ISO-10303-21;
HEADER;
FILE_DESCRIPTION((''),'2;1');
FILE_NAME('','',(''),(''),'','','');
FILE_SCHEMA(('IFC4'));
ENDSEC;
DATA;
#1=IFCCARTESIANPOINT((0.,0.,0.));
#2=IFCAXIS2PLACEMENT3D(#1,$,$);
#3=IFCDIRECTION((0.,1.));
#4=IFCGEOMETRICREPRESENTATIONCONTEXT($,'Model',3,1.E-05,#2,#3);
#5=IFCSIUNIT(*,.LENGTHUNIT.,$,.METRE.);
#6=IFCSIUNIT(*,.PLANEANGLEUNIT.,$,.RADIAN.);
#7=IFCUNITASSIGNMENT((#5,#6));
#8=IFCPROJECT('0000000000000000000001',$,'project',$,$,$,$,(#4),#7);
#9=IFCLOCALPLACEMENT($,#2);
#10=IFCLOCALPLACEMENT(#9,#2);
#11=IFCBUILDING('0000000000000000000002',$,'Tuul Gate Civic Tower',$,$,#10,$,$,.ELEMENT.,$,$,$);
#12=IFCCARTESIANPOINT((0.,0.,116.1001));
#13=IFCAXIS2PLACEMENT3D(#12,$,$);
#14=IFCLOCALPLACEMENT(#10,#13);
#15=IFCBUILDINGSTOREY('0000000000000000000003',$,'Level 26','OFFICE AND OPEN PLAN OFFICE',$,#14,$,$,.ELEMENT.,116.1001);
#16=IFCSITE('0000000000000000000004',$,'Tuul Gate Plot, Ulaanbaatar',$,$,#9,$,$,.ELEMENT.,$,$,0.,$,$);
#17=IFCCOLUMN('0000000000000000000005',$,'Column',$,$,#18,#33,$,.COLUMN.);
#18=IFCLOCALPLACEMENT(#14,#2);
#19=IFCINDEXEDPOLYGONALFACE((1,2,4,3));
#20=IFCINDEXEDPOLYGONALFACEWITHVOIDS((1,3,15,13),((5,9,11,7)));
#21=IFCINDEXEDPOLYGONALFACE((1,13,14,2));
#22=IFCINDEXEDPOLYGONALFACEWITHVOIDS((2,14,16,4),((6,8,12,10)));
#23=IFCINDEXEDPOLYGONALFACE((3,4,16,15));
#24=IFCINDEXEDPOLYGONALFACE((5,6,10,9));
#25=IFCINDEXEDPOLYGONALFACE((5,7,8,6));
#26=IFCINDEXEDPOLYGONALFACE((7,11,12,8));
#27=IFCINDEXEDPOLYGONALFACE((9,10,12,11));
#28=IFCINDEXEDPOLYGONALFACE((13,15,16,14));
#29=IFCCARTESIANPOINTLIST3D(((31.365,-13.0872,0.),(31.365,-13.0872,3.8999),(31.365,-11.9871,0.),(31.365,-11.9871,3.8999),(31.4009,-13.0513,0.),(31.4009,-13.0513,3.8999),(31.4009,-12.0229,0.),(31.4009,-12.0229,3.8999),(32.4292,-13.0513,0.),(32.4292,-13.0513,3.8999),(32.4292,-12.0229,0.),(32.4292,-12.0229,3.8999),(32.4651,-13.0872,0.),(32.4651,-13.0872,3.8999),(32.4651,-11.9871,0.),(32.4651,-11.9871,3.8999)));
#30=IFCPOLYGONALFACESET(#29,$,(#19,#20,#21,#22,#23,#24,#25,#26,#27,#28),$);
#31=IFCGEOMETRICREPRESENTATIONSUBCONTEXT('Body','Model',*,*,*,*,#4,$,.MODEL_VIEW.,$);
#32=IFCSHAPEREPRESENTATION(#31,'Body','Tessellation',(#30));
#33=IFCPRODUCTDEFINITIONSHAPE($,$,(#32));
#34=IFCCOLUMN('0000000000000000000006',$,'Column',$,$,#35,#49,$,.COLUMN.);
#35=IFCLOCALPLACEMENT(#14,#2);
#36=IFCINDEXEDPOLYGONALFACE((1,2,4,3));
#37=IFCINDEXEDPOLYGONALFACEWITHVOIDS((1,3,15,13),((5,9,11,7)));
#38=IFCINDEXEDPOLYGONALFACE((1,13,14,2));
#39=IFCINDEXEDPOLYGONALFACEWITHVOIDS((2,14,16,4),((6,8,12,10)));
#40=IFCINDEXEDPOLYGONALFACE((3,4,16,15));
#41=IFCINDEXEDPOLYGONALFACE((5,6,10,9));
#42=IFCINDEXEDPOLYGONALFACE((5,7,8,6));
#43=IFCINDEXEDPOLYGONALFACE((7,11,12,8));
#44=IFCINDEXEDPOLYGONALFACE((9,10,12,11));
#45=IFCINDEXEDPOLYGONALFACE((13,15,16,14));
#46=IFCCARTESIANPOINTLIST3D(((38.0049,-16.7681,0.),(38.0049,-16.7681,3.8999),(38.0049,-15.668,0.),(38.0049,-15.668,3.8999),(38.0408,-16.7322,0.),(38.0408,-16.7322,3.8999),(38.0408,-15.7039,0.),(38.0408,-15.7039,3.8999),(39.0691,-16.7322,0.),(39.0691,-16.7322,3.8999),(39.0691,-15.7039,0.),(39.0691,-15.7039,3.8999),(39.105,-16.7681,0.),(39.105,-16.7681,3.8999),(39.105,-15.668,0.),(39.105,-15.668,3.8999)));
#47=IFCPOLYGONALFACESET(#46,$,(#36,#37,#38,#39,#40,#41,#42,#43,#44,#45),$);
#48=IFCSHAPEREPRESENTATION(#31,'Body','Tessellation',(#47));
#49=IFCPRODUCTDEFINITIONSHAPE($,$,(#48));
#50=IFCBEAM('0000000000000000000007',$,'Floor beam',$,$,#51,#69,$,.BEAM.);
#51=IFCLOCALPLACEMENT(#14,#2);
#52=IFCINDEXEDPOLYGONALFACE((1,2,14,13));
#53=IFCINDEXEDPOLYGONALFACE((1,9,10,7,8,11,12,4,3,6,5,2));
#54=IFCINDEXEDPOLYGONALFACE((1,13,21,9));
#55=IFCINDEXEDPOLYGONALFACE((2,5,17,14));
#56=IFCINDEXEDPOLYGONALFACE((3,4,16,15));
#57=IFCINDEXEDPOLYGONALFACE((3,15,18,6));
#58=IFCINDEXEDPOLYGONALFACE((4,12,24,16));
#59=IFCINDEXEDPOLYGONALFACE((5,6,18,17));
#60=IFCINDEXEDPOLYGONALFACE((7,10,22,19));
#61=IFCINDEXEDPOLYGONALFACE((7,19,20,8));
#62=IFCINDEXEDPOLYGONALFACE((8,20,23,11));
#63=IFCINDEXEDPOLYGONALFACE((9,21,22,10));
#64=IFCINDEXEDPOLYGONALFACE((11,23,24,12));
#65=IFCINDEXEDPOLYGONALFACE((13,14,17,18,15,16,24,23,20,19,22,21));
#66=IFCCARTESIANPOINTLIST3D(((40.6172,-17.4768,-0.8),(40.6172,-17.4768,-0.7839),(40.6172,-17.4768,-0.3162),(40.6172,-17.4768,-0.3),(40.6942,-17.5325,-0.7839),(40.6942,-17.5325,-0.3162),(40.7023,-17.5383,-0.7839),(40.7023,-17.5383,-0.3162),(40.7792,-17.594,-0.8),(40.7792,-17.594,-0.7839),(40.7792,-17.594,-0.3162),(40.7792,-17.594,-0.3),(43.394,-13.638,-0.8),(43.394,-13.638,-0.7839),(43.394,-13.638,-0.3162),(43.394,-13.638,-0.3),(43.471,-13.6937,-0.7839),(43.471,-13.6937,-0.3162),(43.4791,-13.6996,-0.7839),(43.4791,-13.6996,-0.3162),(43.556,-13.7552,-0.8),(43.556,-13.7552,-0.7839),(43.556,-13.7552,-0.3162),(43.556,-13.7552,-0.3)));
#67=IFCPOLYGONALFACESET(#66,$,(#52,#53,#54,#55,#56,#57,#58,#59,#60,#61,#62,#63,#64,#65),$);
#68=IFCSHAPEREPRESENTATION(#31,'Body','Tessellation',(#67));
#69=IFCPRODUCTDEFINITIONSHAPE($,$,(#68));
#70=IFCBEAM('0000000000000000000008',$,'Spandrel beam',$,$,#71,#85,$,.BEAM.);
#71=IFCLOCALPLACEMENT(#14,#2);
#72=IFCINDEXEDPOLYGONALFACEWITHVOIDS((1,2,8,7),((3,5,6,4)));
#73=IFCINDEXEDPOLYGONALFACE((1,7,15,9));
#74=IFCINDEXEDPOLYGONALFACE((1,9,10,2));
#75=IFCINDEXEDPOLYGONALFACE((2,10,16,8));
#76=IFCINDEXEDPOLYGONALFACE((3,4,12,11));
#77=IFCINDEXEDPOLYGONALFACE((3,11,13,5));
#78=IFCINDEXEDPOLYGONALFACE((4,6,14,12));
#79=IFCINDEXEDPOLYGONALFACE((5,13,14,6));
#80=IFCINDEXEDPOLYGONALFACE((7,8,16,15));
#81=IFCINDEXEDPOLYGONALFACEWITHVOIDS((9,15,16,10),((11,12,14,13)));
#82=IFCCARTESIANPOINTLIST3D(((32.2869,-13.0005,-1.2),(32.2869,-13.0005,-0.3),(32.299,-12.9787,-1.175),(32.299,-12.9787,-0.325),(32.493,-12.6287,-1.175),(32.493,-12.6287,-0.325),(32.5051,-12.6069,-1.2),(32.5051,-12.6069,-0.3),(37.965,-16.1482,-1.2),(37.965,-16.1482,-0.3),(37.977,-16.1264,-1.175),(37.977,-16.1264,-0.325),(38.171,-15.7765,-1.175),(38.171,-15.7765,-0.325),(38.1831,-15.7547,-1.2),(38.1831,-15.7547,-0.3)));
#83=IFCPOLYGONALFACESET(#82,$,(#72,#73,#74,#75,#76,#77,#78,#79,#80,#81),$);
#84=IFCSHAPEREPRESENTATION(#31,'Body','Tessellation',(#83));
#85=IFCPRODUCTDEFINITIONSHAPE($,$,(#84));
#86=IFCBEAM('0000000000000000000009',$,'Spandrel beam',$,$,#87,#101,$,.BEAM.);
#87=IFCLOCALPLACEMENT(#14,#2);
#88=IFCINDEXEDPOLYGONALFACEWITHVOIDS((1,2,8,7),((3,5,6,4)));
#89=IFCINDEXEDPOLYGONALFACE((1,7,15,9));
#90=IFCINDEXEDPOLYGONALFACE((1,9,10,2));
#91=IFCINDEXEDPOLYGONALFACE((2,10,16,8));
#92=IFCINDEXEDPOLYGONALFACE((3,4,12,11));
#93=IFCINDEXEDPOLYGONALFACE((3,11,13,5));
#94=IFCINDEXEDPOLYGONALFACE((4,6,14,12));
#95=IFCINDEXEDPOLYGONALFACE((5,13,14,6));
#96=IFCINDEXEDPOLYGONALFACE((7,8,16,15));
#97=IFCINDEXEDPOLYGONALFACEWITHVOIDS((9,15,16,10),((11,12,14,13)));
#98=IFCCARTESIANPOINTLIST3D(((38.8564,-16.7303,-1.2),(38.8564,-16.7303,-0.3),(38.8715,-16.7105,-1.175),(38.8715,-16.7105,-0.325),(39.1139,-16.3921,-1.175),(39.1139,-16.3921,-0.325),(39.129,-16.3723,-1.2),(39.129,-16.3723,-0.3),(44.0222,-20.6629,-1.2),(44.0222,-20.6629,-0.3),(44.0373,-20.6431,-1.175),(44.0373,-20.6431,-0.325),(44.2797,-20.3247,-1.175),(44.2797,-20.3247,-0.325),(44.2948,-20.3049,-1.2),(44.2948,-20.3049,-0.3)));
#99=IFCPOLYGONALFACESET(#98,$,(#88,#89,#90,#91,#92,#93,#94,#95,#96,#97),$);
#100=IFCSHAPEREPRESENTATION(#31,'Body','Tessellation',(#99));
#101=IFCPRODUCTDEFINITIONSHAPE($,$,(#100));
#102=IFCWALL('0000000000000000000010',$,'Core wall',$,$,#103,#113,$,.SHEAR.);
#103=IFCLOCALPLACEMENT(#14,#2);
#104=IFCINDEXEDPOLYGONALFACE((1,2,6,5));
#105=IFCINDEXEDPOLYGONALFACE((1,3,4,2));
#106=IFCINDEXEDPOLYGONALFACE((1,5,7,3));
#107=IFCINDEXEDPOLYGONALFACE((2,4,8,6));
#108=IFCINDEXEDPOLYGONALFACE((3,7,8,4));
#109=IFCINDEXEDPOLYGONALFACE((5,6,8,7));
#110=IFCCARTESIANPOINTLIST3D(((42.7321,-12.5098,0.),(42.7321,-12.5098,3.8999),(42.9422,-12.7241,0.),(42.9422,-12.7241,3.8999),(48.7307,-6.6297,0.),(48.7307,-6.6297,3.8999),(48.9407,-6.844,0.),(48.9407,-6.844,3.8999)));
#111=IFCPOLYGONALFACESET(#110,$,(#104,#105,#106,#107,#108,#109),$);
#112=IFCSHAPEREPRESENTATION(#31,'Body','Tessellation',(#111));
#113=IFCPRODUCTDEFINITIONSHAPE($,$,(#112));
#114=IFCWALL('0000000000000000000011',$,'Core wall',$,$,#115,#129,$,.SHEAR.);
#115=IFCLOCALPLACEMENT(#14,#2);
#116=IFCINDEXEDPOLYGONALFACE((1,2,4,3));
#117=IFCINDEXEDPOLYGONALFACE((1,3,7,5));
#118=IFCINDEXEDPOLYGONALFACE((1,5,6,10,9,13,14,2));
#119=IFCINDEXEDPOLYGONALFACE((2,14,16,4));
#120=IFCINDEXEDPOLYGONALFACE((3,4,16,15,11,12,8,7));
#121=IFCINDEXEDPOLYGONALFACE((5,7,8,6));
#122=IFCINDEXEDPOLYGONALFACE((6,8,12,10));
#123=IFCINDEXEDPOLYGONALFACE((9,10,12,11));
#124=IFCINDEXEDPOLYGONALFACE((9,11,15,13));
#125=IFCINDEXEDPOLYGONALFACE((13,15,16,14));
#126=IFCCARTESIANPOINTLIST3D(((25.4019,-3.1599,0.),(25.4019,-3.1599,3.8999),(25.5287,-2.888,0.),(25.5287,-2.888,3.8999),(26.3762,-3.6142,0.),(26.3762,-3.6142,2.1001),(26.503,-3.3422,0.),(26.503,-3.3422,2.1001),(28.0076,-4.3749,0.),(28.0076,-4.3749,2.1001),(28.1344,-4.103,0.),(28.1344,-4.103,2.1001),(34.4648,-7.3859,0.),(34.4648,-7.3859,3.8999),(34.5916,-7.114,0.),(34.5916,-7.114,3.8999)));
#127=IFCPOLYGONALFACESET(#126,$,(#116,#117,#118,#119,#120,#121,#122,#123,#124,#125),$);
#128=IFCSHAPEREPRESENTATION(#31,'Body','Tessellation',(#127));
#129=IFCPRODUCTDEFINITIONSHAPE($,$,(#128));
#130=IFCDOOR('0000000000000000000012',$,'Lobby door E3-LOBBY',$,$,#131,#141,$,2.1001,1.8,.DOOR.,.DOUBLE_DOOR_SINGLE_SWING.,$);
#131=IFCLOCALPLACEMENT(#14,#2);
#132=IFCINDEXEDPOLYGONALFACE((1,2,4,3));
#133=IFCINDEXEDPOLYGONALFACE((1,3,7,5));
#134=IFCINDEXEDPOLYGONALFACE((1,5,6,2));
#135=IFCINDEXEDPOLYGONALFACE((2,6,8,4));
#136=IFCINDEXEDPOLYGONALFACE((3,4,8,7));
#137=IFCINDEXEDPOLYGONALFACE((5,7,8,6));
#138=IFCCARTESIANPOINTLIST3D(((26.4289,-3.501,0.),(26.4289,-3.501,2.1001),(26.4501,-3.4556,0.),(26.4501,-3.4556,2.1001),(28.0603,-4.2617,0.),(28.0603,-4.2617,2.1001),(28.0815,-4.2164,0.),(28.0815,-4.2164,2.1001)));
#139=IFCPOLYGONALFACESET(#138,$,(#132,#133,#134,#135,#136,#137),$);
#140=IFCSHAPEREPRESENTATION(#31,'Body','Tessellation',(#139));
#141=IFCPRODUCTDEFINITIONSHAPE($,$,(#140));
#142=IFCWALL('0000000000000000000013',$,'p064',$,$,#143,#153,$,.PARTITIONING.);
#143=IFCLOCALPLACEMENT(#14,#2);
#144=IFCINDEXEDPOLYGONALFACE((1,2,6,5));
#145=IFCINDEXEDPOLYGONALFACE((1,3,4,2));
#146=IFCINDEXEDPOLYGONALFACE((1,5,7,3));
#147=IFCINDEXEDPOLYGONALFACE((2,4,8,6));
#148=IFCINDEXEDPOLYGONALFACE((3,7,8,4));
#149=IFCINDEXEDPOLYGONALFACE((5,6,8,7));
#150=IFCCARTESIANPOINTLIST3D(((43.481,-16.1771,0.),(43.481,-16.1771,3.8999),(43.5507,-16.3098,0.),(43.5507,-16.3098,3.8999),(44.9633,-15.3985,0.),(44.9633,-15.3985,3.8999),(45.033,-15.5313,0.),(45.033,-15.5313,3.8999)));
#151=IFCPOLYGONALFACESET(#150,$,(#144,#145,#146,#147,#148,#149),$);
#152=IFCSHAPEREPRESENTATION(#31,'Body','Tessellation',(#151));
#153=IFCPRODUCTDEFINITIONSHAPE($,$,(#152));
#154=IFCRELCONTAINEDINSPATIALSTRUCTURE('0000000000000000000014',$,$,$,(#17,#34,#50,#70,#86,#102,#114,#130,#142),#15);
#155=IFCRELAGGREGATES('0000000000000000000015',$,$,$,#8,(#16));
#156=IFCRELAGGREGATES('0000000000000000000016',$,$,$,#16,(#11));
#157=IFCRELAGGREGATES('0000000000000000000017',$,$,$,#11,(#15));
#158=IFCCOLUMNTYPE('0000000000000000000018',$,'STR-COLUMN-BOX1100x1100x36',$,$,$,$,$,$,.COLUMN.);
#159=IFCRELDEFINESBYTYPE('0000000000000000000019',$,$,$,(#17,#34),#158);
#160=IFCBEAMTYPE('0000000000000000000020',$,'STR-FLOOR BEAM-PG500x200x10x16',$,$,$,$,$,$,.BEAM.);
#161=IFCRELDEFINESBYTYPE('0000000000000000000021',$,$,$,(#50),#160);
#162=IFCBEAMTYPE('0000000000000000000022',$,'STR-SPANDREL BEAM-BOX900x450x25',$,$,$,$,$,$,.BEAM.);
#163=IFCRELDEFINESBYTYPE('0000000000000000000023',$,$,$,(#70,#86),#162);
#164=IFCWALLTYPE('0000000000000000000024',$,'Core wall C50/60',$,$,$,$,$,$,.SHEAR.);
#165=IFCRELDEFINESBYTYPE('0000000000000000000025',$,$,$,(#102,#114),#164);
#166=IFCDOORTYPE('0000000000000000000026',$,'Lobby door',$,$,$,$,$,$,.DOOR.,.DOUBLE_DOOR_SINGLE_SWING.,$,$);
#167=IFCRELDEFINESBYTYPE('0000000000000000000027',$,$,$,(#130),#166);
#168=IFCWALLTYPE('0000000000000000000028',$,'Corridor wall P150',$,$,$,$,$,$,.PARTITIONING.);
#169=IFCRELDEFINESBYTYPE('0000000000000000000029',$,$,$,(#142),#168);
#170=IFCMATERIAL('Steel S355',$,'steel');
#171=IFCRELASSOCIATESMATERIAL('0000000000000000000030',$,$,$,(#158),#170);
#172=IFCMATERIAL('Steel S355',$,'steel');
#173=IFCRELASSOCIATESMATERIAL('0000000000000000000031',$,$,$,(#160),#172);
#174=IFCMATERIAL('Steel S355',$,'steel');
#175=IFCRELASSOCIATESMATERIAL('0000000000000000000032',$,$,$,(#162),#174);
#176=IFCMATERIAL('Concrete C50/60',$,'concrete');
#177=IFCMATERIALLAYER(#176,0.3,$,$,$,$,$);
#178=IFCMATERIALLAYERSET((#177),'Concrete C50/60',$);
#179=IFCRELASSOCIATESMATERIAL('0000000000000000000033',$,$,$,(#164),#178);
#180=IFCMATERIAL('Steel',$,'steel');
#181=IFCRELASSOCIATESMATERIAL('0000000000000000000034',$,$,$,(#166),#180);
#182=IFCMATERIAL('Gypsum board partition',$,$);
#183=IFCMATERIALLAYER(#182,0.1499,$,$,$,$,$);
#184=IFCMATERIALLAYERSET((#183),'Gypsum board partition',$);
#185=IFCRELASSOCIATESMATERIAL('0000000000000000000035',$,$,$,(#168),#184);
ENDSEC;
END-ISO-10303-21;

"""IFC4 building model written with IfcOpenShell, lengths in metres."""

from ifc_helpers import new_model, si_unit, direction, frame, frame_2d, origin, origin_2d, place, context, subcontext, project, spatial, rectangle, hollow_rectangle, i_section, extrude, material, layer, layer_set, material_profile, profile_set, type_object, element, fill, save


model = new_model("IFC4")

# Units and contexts
model_context = context("Model", 3, precision=1e-05, world=origin(), true_north=direction((0.0, 1.0)))
body_context = subcontext(model_context, "Body", "Model", "MODEL_VIEW")
ifc_project = project(units=[si_unit("LENGTHUNIT", "METRE"), si_unit("PLANEANGLEUNIT", "RADIAN")], contexts=[model_context])

# Site, building, storey
site_placement = place(None, origin())
site = spatial("IfcSite", under=ifc_project, at=site_placement, Name="Tuul Gate Plot, Ulaanbaatar", CompositionType="ELEMENT", RefElevation=0.0)
building_placement = place(site_placement, origin())
building = spatial("IfcBuilding", under=site, at=building_placement, Name="Tuul Gate Civic Tower", CompositionType="ELEMENT")
storey_placement = place(building_placement, frame((0.0, 0.0, 116.1001)))
storey = spatial("IfcBuildingStorey", under=building, at=storey_placement, Name="Level 26", Description="OFFICE AND OPEN PLAN OFFICE", CompositionType="ELEMENT", Elevation=116.1001)

# Columns
ifc_material_1 = material(Name="Steel S355", Category="steel")
ifc_material_profile_1 = material_profile(ifc_material_1, hollow_rectangle(XDim=1.1001, YDim=1.1001, WallThickness=0.0359, at=origin_2d()), Name="BOX1100x1100x36")
ifc_profile_set_1 = profile_set([ifc_material_profile_1], Name="Steel S355")
column_type = type_object("IfcColumnType", Name="STR-COLUMN-BOX1100x1100x36", PredefinedType="COLUMN", material=ifc_profile_set_1)
for number, where, z_axis, x_axis, name in (
    (1, (31.915, -12.5371, 0.0), (0.0, 0.0, 1.0), (1.0, 0.0, 0.0), "Column"),
    (2, (38.5549, -16.218, 0.0), (0.0, 0.0, 1.0), (1.0, 0.0, 0.0), "Column"),
):
    element("IfcColumn", number, at=place(storey_placement, frame(where, z_axis=z_axis, x_axis=x_axis)), inside=storey, type_object=column_type, Name=name, PredefinedType="COLUMN", context=body_context, shape_type="SweptSolid", body=[
        extrude(hollow_rectangle(XDim=1.1001, YDim=1.1001, WallThickness=0.0359, at=origin_2d()), origin(), (0.0, 0.0, 1.0), 3.8999),
    ])

# Beams
ifc_material_2 = material(Name="Steel S355", Category="steel")
ifc_material_profile_2 = material_profile(ifc_material_2, i_section(OverallWidth=0.2, OverallDepth=0.5, WebThickness=0.01, FlangeThickness=0.0161, at=origin_2d()), Name="PG500x200x10x16")
ifc_profile_set_2 = profile_set([ifc_material_profile_2], Name="Steel S355")
beam_type_1 = type_object("IfcBeamType", Name="STR-FLOOR BEAM-PG500x200x10x16", PredefinedType="BEAM", material=ifc_profile_set_2)
beam_1_placement = place(storey_placement, frame((40.6982, -17.5354, -0.55), z_axis=(0.586092, 0.810244, 0.0), x_axis=(-0.810244, 0.586092, 0.0)))
element("IfcBeam", 3, at=beam_1_placement, inside=storey, type_object=beam_type_1, Name="Floor beam", PredefinedType="BEAM", context=body_context, shape_type="SweptSolid", body=[
    extrude(i_section(OverallWidth=0.2, OverallDepth=0.5, WebThickness=0.01, FlangeThickness=0.0161, at=origin_2d()), origin(), (0.0, 0.0, 1.0), 4.7378),
])
ifc_material_3 = material(Name="Steel S355", Category="steel")
ifc_material_profile_3 = material_profile(ifc_material_3, hollow_rectangle(XDim=0.45, YDim=0.8999, WallThickness=0.0249, at=origin_2d()), Name="BOX900x450x25")
ifc_profile_set_3 = profile_set([ifc_material_profile_3], Name="Steel S355")
beam_type_2 = type_object("IfcBeamType", Name="STR-SPANDREL BEAM-BOX900x450x25", PredefinedType="BEAM", material=ifc_profile_set_3)
beam_2_placement = place(storey_placement, frame((32.396, -12.8037, -0.75), z_axis=(0.874597, -0.484851, 0.0), x_axis=(0.484851, 0.874597, 0.0)))
element("IfcBeam", 4, at=beam_2_placement, inside=storey, type_object=beam_type_2, Name="Spandrel beam", PredefinedType="BEAM", context=body_context, shape_type="SweptSolid", body=[
    extrude(hollow_rectangle(XDim=0.45, YDim=0.8999, WallThickness=0.0249, at=origin_2d()), origin(), (0.0, 0.0, 1.0), 6.4922),
])
beam_3_placement = place(storey_placement, frame((38.9927, -16.5513, -0.75), z_axis=(0.79567, -0.60573, 0.0), x_axis=(0.60573, 0.79567, 0.0)))
element("IfcBeam", 5, at=beam_3_placement, inside=storey, type_object=beam_type_2, Name="Spandrel beam", PredefinedType="BEAM", context=body_context, shape_type="SweptSolid", body=[
    extrude(hollow_rectangle(XDim=0.45, YDim=0.8999, WallThickness=0.0249, at=origin_2d()), origin(), (0.0, 0.0, 1.0), 6.4924),
])

# Wall
ifc_material_4 = material(Name="Concrete C50/60", Category="concrete")
ifc_layer_1 = layer(ifc_material_4, 0.3)
ifc_layer_set_1 = layer_set([ifc_layer_1], Name="Concrete C50/60")
wall_type_1 = type_object("IfcWallType", Name="Core wall C50/60", PredefinedType="SHEAR", material=ifc_layer_set_1)
wall_1_placement = place(storey_placement, frame((42.8372, -12.6169, 0.0), z_axis=(0.0, 0.0, 1.0), x_axis=(0.71412, 0.700023, 0.0)))
element("IfcWall", 6, at=wall_1_placement, inside=storey, type_object=wall_type_1, Name="Core wall", PredefinedType="SHEAR", context=body_context, shape_type="SweptSolid", body=[
    extrude(rectangle(XDim=8.3999, YDim=0.3, at=frame_2d((4.2, 0.0))), origin(), (0.0, 0.0, 1.0), 3.8999),
])

# Wall, opening, door
wall_2_placement = place(storey_placement, frame((34.5283, -7.25, 0.0), z_axis=(0.0, 0.0, 1.0), x_axis=(-0.90631, 0.422613, 0.0)))
wall_2 = element("IfcWall", 7, at=wall_2_placement, inside=storey, type_object=wall_type_1, Name="Core wall", PredefinedType="SHEAR", context=body_context, shape_type="SweptSolid", body=[
    extrude(rectangle(XDim=9.9998, YDim=0.3, at=frame_2d((5.0, 0.0))), origin(), (0.0, 0.0, 1.0), 3.8999),
])
opening_1_placement = place(wall_2_placement, frame((7.125, 0.0, 0.0)))
opening_1 = element("IfcOpeningElement", 8, at=opening_1_placement, cuts=wall_2, PredefinedType="OPENING", context=body_context, shape_type="SweptSolid", body=[
    extrude(rectangle(XDim=1.8, YDim=2.1001, at=frame_2d((0.8999, 1.05))), frame((0.0, 0.1602, 0.0), z_axis=(0.0, -1.0, 0.0), x_axis=(1.0, 0.0, 0.0)), (0.0, 0.0, 1.0), 0.3201),
])
ifc_material_5 = material(Name="Steel", Category="steel")
door_type_1 = type_object("IfcDoorType", Name="Lobby door", OperationType="DOUBLE_DOOR_SINGLE_SWING", PredefinedType="DOOR", material=ifc_material_5)
door_1_placement = place(opening_1_placement, frame((1.8, 0.0, 0.0), z_axis=(0.0, 0.0, 1.0), x_axis=(-1.0, 0.0, 0.0)))
door_1 = element("IfcDoor", 9, at=door_1_placement, inside=storey, type_object=door_type_1, Name="Lobby door E3-LOBBY", OperationType="DOUBLE_DOOR_SINGLE_SWING", OverallHeight=2.1001, OverallWidth=1.8, PredefinedType="DOOR", context=body_context, shape_type="SweptSolid", body=[
    extrude(rectangle(XDim=1.8, YDim=2.1001, at=frame_2d((0.9001, 1.05))), frame((0.0, 0.0249, 0.0), z_axis=(0.0, -1.0, 0.0), x_axis=(1.0, 0.0, 0.0)), (0.0, 0.0, 1.0), 0.05),
])
fill(opening_1, door_1)

# Wall
ifc_material_6 = material(Name="Gypsum board partition")
ifc_layer_2 = layer(ifc_material_6, 0.1499)
ifc_layer_set_2 = layer_set([ifc_layer_2], Name="Gypsum board partition")
wall_type_2 = type_object("IfcWallType", Name="Corridor wall P150", PredefinedType="PARTITIONING", material=ifc_layer_set_2)
wall_3_placement = place(storey_placement, frame((43.5159, -16.2434, 0.0), z_axis=(0.0, 0.0, 1.0), x_axis=(0.885326, 0.464971, 0.0)))
element("IfcWall", 10, at=wall_3_placement, inside=storey, type_object=wall_type_2, Name="p064", PredefinedType="PARTITIONING", context=body_context, shape_type="SweptSolid", body=[
    extrude(rectangle(XDim=1.6743, YDim=0.1499, at=frame_2d((0.8372, 0.0))), origin(), (0.0, 0.0, 1.0), 3.8999),
])

save(model, "model.ifc")
